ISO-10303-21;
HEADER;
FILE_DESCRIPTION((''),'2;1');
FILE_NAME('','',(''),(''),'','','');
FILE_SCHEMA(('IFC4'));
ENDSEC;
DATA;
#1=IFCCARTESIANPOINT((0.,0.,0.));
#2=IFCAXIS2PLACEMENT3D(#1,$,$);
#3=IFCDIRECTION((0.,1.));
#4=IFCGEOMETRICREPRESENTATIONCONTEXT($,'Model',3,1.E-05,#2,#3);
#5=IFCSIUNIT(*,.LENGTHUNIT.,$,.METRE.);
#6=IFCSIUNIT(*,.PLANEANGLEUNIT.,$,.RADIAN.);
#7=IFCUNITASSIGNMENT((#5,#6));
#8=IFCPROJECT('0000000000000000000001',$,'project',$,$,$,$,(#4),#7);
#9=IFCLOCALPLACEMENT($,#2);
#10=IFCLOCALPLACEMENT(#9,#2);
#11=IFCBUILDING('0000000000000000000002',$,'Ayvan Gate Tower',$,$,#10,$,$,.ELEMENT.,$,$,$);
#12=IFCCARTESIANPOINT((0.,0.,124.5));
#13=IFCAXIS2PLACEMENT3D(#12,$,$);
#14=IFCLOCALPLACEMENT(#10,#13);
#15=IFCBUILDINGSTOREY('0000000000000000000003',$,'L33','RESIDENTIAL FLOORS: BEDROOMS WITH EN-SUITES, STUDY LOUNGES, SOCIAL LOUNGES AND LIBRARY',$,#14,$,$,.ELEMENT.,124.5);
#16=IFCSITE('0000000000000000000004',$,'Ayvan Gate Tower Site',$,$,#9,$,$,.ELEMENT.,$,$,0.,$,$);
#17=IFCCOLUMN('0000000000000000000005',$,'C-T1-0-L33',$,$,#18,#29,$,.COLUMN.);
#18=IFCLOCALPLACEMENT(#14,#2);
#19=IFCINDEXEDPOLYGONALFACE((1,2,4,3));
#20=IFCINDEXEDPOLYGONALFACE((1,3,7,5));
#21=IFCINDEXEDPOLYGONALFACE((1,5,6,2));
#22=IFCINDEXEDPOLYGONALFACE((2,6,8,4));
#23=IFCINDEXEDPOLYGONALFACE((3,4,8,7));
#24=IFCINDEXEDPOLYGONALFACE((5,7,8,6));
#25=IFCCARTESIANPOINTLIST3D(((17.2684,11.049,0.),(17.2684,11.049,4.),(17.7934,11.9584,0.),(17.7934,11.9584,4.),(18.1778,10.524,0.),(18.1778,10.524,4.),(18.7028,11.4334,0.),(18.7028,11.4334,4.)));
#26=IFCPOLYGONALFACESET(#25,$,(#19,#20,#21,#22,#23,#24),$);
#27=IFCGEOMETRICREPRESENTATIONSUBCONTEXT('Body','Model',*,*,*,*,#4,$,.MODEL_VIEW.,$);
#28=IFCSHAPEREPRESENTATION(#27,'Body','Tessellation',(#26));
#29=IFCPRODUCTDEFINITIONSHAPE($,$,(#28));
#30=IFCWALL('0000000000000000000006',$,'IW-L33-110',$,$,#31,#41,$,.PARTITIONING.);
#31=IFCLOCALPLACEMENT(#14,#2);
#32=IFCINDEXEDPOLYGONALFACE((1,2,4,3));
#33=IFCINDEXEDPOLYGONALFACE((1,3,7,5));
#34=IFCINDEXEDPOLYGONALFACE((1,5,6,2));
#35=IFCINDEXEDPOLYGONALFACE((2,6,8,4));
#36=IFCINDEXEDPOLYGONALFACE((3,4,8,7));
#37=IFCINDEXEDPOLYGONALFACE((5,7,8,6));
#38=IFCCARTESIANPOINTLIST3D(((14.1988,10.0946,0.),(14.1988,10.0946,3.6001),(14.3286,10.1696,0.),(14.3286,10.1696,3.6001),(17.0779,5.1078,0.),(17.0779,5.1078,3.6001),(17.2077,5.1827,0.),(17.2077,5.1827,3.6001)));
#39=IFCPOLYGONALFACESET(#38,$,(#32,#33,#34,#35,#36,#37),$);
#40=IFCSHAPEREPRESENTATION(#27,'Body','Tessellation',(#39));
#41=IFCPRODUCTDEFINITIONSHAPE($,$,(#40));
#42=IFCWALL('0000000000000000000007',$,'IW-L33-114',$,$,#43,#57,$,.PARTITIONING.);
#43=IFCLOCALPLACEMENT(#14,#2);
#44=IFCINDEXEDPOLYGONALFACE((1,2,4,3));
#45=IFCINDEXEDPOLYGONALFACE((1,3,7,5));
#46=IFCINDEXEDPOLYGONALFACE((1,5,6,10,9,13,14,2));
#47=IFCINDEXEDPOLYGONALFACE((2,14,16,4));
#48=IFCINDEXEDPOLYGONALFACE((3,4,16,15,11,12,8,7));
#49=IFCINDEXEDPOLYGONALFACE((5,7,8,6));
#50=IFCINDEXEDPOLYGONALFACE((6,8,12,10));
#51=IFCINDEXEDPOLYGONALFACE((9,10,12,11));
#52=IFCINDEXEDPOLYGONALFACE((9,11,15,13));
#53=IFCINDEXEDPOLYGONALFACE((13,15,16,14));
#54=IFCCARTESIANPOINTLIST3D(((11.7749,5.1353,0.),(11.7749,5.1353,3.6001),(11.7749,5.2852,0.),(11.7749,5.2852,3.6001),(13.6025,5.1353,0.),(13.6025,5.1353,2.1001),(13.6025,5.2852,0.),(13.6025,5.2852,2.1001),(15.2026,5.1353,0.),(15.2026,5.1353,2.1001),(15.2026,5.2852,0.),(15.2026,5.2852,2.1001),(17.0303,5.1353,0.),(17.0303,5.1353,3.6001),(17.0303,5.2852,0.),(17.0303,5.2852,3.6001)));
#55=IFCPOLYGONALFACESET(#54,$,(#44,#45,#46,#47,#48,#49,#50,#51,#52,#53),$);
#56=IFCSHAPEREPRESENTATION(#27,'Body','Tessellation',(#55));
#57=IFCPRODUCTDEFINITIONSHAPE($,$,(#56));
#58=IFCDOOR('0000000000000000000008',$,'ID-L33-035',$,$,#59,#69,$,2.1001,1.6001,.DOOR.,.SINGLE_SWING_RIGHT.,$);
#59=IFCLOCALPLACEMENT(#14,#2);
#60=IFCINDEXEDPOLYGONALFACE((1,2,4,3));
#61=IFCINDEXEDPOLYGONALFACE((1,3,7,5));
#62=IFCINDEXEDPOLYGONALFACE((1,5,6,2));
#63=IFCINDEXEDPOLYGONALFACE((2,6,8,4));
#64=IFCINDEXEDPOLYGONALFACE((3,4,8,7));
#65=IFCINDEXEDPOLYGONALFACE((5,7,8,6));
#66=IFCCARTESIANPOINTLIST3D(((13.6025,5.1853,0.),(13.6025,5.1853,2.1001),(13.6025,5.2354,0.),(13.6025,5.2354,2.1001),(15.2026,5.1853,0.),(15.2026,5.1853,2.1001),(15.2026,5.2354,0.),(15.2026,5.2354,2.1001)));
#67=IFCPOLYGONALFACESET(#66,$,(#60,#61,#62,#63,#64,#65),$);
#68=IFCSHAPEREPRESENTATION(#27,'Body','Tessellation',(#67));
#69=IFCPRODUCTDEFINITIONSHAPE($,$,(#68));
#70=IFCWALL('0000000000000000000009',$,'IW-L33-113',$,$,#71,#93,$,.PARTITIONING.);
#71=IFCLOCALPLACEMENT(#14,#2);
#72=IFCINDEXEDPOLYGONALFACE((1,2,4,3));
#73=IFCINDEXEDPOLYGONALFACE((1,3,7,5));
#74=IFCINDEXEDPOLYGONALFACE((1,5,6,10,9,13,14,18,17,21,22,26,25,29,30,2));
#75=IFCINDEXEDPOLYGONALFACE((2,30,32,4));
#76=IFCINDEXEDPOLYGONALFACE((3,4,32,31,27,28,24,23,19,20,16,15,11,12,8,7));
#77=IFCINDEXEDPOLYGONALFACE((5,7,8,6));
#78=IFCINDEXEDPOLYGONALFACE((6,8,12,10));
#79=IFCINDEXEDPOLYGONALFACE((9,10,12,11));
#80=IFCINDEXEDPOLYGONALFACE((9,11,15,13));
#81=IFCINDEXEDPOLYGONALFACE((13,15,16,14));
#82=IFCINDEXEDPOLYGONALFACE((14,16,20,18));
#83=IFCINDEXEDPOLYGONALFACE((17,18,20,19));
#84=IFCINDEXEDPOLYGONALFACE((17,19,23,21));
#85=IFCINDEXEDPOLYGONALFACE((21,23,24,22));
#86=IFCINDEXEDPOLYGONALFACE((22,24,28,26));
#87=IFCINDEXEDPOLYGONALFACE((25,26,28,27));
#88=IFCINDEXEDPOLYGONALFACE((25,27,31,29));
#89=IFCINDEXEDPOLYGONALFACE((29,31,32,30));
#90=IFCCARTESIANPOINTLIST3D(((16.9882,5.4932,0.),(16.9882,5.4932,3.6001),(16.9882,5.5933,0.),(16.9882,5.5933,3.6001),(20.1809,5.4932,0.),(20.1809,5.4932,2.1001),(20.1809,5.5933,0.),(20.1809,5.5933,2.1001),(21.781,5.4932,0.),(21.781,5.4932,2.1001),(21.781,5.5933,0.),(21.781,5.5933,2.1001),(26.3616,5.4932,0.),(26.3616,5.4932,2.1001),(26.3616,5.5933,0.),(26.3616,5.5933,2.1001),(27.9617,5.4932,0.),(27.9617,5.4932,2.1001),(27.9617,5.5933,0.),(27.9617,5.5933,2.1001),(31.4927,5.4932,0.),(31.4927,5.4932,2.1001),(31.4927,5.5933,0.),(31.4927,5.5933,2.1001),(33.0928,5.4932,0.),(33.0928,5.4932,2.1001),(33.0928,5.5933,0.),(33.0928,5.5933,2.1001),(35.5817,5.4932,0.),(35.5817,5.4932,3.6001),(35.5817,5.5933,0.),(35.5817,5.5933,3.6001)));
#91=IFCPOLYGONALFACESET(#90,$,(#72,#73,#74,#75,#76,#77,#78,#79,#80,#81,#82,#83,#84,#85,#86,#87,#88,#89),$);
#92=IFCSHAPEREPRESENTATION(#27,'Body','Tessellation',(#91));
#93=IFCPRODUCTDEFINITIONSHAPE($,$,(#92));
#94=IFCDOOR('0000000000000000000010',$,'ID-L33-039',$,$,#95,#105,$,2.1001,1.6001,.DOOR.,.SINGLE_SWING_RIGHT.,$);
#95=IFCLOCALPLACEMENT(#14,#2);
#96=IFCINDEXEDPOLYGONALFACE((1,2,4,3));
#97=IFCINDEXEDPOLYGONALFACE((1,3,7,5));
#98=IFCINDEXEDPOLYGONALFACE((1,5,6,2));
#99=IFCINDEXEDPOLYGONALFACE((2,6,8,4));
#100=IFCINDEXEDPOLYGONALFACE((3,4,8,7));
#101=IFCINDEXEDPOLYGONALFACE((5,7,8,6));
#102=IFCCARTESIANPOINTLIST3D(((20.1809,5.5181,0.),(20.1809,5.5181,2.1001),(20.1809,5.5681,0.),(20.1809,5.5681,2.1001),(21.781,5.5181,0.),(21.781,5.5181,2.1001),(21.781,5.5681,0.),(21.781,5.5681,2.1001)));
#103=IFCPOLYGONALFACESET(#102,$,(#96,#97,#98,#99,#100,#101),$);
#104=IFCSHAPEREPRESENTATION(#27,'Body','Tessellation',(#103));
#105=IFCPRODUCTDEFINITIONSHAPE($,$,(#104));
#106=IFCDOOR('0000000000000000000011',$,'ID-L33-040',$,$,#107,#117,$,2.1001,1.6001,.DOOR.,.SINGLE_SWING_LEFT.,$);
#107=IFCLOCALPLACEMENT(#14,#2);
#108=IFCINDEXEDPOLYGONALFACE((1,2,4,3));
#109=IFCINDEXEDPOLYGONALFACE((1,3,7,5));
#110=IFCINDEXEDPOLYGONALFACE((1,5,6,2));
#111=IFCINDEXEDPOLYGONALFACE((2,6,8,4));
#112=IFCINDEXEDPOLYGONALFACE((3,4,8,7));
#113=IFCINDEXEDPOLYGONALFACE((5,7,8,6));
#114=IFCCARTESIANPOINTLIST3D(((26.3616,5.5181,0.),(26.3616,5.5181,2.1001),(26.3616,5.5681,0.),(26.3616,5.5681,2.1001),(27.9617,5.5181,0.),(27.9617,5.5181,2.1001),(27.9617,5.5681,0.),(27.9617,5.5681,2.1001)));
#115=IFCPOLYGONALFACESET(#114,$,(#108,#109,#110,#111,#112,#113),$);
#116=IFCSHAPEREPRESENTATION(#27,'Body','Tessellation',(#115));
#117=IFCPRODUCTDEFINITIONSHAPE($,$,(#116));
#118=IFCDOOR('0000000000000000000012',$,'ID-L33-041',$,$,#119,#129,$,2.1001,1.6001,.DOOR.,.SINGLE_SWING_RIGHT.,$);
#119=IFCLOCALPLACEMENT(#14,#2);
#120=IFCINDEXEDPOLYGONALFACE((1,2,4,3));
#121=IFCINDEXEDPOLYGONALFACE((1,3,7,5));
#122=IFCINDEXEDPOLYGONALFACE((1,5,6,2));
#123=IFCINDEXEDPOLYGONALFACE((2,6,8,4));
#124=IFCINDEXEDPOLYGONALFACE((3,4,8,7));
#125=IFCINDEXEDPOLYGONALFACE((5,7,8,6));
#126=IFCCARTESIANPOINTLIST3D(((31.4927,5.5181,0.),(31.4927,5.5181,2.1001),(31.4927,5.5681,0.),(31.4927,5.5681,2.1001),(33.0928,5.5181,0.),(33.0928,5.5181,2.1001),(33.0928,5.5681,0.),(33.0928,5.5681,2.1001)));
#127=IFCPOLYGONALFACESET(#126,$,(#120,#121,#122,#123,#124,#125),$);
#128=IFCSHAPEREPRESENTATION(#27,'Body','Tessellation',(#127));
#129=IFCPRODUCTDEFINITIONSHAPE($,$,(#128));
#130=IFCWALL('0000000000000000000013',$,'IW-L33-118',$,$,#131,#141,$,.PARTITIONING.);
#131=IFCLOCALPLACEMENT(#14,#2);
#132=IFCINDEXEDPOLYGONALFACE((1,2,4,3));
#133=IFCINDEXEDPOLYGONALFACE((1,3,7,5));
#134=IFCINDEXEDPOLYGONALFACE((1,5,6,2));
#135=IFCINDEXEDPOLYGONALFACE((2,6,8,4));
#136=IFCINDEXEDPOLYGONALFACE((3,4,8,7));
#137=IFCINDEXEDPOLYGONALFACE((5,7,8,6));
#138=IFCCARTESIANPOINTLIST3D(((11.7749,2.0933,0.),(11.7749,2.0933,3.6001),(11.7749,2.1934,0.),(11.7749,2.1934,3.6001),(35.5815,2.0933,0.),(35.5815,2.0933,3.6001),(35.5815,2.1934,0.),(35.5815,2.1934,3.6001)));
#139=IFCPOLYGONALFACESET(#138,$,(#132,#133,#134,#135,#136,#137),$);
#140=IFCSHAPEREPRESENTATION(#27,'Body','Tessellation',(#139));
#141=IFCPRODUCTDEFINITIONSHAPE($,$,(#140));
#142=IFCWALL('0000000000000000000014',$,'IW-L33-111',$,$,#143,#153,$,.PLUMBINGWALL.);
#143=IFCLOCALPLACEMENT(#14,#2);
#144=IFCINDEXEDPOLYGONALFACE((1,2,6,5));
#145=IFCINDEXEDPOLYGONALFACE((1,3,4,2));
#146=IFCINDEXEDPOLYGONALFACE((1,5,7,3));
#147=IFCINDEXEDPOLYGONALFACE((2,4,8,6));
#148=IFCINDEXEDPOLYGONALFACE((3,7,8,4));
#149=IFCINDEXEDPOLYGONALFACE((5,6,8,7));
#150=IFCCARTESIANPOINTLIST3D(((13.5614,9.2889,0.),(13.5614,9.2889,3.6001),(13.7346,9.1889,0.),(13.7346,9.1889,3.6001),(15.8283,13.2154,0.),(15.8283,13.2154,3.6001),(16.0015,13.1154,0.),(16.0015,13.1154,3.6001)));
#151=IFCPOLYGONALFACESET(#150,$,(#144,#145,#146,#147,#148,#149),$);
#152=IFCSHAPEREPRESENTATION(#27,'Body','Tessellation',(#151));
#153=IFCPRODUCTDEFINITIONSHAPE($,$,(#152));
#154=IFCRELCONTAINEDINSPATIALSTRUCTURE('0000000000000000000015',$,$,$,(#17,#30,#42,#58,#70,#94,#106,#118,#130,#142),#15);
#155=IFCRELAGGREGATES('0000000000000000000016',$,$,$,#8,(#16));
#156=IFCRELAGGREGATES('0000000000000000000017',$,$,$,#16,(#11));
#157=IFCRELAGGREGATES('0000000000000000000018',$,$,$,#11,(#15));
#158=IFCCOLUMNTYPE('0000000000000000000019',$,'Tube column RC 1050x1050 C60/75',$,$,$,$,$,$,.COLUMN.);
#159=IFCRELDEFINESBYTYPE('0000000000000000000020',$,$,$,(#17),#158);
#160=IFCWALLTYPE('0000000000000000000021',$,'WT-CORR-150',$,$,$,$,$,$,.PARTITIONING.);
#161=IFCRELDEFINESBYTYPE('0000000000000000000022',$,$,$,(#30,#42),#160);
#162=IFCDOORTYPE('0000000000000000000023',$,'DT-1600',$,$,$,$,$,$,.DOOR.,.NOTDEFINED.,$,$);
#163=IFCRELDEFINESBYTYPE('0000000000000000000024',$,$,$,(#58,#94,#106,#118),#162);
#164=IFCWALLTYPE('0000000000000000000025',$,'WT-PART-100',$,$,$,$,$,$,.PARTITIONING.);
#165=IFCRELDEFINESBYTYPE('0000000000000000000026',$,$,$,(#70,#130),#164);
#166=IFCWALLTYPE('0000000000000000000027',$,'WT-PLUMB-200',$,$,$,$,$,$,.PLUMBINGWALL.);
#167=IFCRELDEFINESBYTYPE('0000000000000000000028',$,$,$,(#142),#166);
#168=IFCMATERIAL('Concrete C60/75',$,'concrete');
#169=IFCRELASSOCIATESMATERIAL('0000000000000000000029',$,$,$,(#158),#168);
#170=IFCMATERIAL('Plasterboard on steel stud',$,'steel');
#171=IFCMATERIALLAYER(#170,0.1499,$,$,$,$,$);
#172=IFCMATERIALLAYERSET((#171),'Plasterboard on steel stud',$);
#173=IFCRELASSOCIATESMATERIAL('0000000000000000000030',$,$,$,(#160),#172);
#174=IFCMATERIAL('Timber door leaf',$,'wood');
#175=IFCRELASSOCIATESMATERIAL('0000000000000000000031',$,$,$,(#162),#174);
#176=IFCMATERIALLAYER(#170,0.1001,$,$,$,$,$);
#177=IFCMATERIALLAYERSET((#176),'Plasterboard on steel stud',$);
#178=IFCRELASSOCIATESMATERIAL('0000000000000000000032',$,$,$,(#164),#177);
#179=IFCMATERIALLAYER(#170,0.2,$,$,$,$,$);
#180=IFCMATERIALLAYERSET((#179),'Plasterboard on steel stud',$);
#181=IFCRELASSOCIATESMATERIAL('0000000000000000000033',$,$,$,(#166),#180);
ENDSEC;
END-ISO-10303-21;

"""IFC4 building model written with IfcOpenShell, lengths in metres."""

from ifc_helpers import new_model, si_unit, direction, frame, frame_2d, origin, origin_2d, place, context, subcontext, project, spatial, rectangle, extrude, material, layer, layer_set, material_profile, profile_set, type_object, element, fill, save


model = new_model("IFC4")

# Units and contexts
model_context = context("Model", 3, precision=1e-05, world=origin(), true_north=direction((0.0, 1.0)))
body_context = subcontext(model_context, "Body", "Model", "MODEL_VIEW")
ifc_project = project(units=[si_unit("LENGTHUNIT", "METRE"), si_unit("PLANEANGLEUNIT", "RADIAN")], contexts=[model_context])

# Site, building, storey
site_placement = place(None, origin())
site = spatial("IfcSite", under=ifc_project, at=site_placement, Name="Ayvan Gate Tower Site", CompositionType="ELEMENT", RefElevation=0.0)
building_placement = place(site_placement, origin())
building = spatial("IfcBuilding", under=site, at=building_placement, Name="Ayvan Gate Tower", CompositionType="ELEMENT")
storey_placement = place(building_placement, frame((0.0, 0.0, 124.5)))
storey = spatial("IfcBuildingStorey", under=building, at=storey_placement, Name="L33", Description="RESIDENTIAL FLOORS: BEDROOMS WITH EN-SUITES, STUDY LOUNGES, SOCIAL LOUNGES AND LIBRARY", CompositionType="ELEMENT", Elevation=124.5)

# Column
ifc_material_1 = material(Name="Concrete C60/75", Category="concrete")
ifc_material_profile = material_profile(ifc_material_1, rectangle(XDim=1.05, YDim=1.05, at=origin_2d()), Name="RC 1050x1050")
ifc_profile_set = profile_set([ifc_material_profile], Name="Concrete C60/75")
column_type = type_object("IfcColumnType", Name="Tube column RC 1050x1050 C60/75", PredefinedType="COLUMN", material=ifc_profile_set)
column_placement = place(storey_placement, frame((17.9856, 11.2412, 0.0), z_axis=(0.0, 0.0, 1.0), x_axis=(0.5, 0.866025, 0.0)))
element("IfcColumn", 1, at=column_placement, inside=storey, type_object=column_type, Name="C-T1-0-L33", PredefinedType="COLUMN", context=body_context, shape_type="SweptSolid", body=[
    extrude(rectangle(XDim=1.05, YDim=1.05, at=origin_2d()), origin(), (0.0, 0.0, 1.0), 4.0),
])

# Wall
ifc_material_2 = material(Name="Plasterboard on steel stud", Category="steel")
ifc_layer_1 = layer(ifc_material_2, 0.1499)
ifc_layer_set_1 = layer_set([ifc_layer_1], Name="Plasterboard on steel stud")
wall_type_1 = type_object("IfcWallType", Name="WT-CORR-150", PredefinedType="PARTITIONING", material=ifc_layer_set_1)
wall_1_placement = place(storey_placement, frame((14.2637, 10.1321, 0.0), z_axis=(0.0, 0.0, 1.0), x_axis=(0.500001, -0.866025, 0.0)))
element("IfcWall", 2, at=wall_1_placement, inside=storey, type_object=wall_type_1, Name="IW-L33-110", PredefinedType="PARTITIONING", context=body_context, shape_type="SweptSolid", body=[
    extrude(rectangle(XDim=5.7583, YDim=0.1499, at=frame_2d((2.8792, 0.0))), origin(), (0.0, 0.0, 1.0), 3.6001),
])

# Wall, opening, door
wall_2_placement = place(storey_placement, frame((17.0303, 5.2102, 0.0), z_axis=(0.0, 0.0, 1.0), x_axis=(-1.0, 0.0, 0.0)))
wall_2 = element("IfcWall", 3, at=wall_2_placement, inside=storey, type_object=wall_type_1, Name="IW-L33-114", PredefinedType="PARTITIONING", context=body_context, shape_type="SweptSolid", body=[
    extrude(rectangle(XDim=5.2554, YDim=0.1499, at=frame_2d((2.6277, 0.0))), origin(), (0.0, 0.0, 1.0), 3.6001),
])
opening_1_placement = place(wall_2_placement, frame((1.8276, 0.0, 0.0)))
opening_1 = element("IfcOpeningElement", 4, at=opening_1_placement, cuts=wall_2, PredefinedType="OPENING", context=body_context, shape_type="SweptSolid", body=[
    extrude(rectangle(XDim=1.6001, YDim=2.1001, at=frame_2d((0.8, 1.05))), frame((0.0, 0.085, 0.0), z_axis=(0.0, -1.0, 0.0), x_axis=(1.0, 0.0, 0.0)), (0.0, 0.0, 1.0), 0.1699),
])
ifc_material_3 = material(Name="Timber door leaf", Category="wood")
door_type_1 = type_object("IfcDoorType", Name="DT-1600", OperationType="NOTDEFINED", PredefinedType="DOOR", material=ifc_material_3)
door_1_placement = place(opening_1_placement, origin())
door_1 = element("IfcDoor", 5, at=door_1_placement, inside=storey, type_object=door_type_1, Name="ID-L33-035", OperationType="SINGLE_SWING_RIGHT", OverallHeight=2.1001, OverallWidth=1.6001, PredefinedType="DOOR", context=body_context, shape_type="SweptSolid", body=[
    extrude(rectangle(XDim=1.6001, YDim=2.1001, at=frame_2d((0.8, 1.05))), frame((0.0, 0.0249, 0.0), z_axis=(0.0, -1.0, 0.0), x_axis=(1.0, 0.0, 0.0)), (0.0, 0.0, 1.0), 0.05),
])
fill(opening_1, door_1)

# Wall, openings, doors
ifc_layer_2 = layer(ifc_material_2, 0.1001)
ifc_layer_set_2 = layer_set([ifc_layer_2], Name="Plasterboard on steel stud")
wall_type_2 = type_object("IfcWallType", Name="WT-PART-100", PredefinedType="PARTITIONING", material=ifc_layer_set_2)
wall_3_placement = place(storey_placement, frame((16.988, 5.5432, 0.0), z_axis=(0.0, 0.0, 1.0), x_axis=(1.0, 0.0, 0.0)))
wall_3 = element("IfcWall", 6, at=wall_3_placement, inside=storey, type_object=wall_type_2, Name="IW-L33-113", PredefinedType="PARTITIONING", context=body_context, shape_type="SweptSolid", body=[
    extrude(rectangle(XDim=18.5935, YDim=0.1001, at=frame_2d((9.2969, 0.0))), origin(), (0.0, 0.0, 1.0), 3.6001),
])
opening_2_placement = place(wall_3_placement, frame((3.1929, 0.0, 0.0)))
opening_2 = element("IfcOpeningElement", 7, at=opening_2_placement, cuts=wall_3, PredefinedType="OPENING", context=body_context, shape_type="SweptSolid", body=[
    extrude(rectangle(XDim=1.6001, YDim=2.1001, at=frame_2d((0.8, 1.05))), frame((0.0, 0.0601, 0.0), z_axis=(0.0, -1.0, 0.0), x_axis=(1.0, 0.0, 0.0)), (0.0, 0.0, 1.0), 0.1201),
])
opening_3_placement = place(wall_3_placement, frame((9.3735, 0.0, 0.0)))
opening_3 = element("IfcOpeningElement", 8, at=opening_3_placement, cuts=wall_3, PredefinedType="OPENING", context=body_context, shape_type="SweptSolid", body=[
    extrude(rectangle(XDim=1.6001, YDim=2.1001, at=frame_2d((0.8, 1.05))), frame((0.0, 0.0601, 0.0), z_axis=(0.0, -1.0, 0.0), x_axis=(1.0, 0.0, 0.0)), (0.0, 0.0, 1.0), 0.1201),
])
opening_4_placement = place(wall_3_placement, frame((14.5046, 0.0, 0.0)))
opening_4 = element("IfcOpeningElement", 9, at=opening_4_placement, cuts=wall_3, PredefinedType="OPENING", context=body_context, shape_type="SweptSolid", body=[
    extrude(rectangle(XDim=1.6001, YDim=2.1001, at=frame_2d((0.8, 1.05))), frame((0.0, 0.0601, 0.0), z_axis=(0.0, -1.0, 0.0), x_axis=(1.0, 0.0, 0.0)), (0.0, 0.0, 1.0), 0.1201),
])
door_2_placement = place(opening_2_placement, origin())
door_2 = element("IfcDoor", 10, at=door_2_placement, inside=storey, type_object=door_type_1, Name="ID-L33-039", OperationType="SINGLE_SWING_RIGHT", OverallHeight=2.1001, OverallWidth=1.6001, PredefinedType="DOOR", context=body_context, shape_type="SweptSolid", body=[
    extrude(rectangle(XDim=1.6001, YDim=2.1001, at=frame_2d((0.8, 1.05))), frame((0.0, 0.0249, 0.0), z_axis=(0.0, -1.0, 0.0), x_axis=(1.0, 0.0, 0.0)), (0.0, 0.0, 1.0), 0.05),
])
fill(opening_2, door_2)
door_3_placement = place(opening_3_placement, origin())
door_3 = element("IfcDoor", 11, at=door_3_placement, inside=storey, type_object=door_type_1, Name="ID-L33-040", OperationType="SINGLE_SWING_LEFT", OverallHeight=2.1001, OverallWidth=1.6001, PredefinedType="DOOR", context=body_context, shape_type="SweptSolid", body=[
    extrude(rectangle(XDim=1.6001, YDim=2.1001, at=frame_2d((0.8, 1.05))), frame((0.0, 0.0249, 0.0), z_axis=(0.0, -1.0, 0.0), x_axis=(1.0, 0.0, 0.0)), (0.0, 0.0, 1.0), 0.05),
])
fill(opening_3, door_3)
door_4_placement = place(opening_4_placement, origin())
door_4 = element("IfcDoor", 12, at=door_4_placement, inside=storey, type_object=door_type_1, Name="ID-L33-041", OperationType="SINGLE_SWING_RIGHT", OverallHeight=2.1001, OverallWidth=1.6001, PredefinedType="DOOR", context=body_context, shape_type="SweptSolid", body=[
    extrude(rectangle(XDim=1.6001, YDim=2.1001, at=frame_2d((0.8, 1.05))), frame((0.0, 0.0249, 0.0), z_axis=(0.0, -1.0, 0.0), x_axis=(1.0, 0.0, 0.0)), (0.0, 0.0, 1.0), 0.05),
])
fill(opening_4, door_4)

# Walls
wall_4_placement = place(storey_placement, frame((11.7749, 2.1433, 0.0), z_axis=(0.0, 0.0, 1.0), x_axis=(1.0, 0.0, 0.0)))
element("IfcWall", 13, at=wall_4_placement, inside=storey, type_object=wall_type_2, Name="IW-L33-118", PredefinedType="PARTITIONING", context=body_context, shape_type="SweptSolid", body=[
    extrude(rectangle(XDim=23.8066, YDim=0.1001, at=frame_2d((11.9033, 0.0))), origin(), (0.0, 0.0, 1.0), 3.6001),
])
ifc_layer_3 = layer(ifc_material_2, 0.2)
ifc_layer_set_3 = layer_set([ifc_layer_3], Name="Plasterboard on steel stud")
wall_type_3 = type_object("IfcWallType", Name="WT-PLUMB-200", PredefinedType="PLUMBINGWALL", material=ifc_layer_set_3)
wall_5_placement = place(storey_placement, frame((13.6479, 9.2388, 0.0), z_axis=(0.0, 0.0, 1.0), x_axis=(0.499979, 0.866038, 0.0)))
element("IfcWall", 14, at=wall_5_placement, inside=storey, type_object=wall_type_3, Name="IW-L33-111", PredefinedType="PLUMBINGWALL", context=body_context, shape_type="SweptSolid", body=[
    extrude(rectangle(XDim=4.5339, YDim=0.2, at=frame_2d((2.2671, 0.0))), origin(), (0.0, 0.0, 1.0), 3.6001),
])

save(model, "model.ifc")
